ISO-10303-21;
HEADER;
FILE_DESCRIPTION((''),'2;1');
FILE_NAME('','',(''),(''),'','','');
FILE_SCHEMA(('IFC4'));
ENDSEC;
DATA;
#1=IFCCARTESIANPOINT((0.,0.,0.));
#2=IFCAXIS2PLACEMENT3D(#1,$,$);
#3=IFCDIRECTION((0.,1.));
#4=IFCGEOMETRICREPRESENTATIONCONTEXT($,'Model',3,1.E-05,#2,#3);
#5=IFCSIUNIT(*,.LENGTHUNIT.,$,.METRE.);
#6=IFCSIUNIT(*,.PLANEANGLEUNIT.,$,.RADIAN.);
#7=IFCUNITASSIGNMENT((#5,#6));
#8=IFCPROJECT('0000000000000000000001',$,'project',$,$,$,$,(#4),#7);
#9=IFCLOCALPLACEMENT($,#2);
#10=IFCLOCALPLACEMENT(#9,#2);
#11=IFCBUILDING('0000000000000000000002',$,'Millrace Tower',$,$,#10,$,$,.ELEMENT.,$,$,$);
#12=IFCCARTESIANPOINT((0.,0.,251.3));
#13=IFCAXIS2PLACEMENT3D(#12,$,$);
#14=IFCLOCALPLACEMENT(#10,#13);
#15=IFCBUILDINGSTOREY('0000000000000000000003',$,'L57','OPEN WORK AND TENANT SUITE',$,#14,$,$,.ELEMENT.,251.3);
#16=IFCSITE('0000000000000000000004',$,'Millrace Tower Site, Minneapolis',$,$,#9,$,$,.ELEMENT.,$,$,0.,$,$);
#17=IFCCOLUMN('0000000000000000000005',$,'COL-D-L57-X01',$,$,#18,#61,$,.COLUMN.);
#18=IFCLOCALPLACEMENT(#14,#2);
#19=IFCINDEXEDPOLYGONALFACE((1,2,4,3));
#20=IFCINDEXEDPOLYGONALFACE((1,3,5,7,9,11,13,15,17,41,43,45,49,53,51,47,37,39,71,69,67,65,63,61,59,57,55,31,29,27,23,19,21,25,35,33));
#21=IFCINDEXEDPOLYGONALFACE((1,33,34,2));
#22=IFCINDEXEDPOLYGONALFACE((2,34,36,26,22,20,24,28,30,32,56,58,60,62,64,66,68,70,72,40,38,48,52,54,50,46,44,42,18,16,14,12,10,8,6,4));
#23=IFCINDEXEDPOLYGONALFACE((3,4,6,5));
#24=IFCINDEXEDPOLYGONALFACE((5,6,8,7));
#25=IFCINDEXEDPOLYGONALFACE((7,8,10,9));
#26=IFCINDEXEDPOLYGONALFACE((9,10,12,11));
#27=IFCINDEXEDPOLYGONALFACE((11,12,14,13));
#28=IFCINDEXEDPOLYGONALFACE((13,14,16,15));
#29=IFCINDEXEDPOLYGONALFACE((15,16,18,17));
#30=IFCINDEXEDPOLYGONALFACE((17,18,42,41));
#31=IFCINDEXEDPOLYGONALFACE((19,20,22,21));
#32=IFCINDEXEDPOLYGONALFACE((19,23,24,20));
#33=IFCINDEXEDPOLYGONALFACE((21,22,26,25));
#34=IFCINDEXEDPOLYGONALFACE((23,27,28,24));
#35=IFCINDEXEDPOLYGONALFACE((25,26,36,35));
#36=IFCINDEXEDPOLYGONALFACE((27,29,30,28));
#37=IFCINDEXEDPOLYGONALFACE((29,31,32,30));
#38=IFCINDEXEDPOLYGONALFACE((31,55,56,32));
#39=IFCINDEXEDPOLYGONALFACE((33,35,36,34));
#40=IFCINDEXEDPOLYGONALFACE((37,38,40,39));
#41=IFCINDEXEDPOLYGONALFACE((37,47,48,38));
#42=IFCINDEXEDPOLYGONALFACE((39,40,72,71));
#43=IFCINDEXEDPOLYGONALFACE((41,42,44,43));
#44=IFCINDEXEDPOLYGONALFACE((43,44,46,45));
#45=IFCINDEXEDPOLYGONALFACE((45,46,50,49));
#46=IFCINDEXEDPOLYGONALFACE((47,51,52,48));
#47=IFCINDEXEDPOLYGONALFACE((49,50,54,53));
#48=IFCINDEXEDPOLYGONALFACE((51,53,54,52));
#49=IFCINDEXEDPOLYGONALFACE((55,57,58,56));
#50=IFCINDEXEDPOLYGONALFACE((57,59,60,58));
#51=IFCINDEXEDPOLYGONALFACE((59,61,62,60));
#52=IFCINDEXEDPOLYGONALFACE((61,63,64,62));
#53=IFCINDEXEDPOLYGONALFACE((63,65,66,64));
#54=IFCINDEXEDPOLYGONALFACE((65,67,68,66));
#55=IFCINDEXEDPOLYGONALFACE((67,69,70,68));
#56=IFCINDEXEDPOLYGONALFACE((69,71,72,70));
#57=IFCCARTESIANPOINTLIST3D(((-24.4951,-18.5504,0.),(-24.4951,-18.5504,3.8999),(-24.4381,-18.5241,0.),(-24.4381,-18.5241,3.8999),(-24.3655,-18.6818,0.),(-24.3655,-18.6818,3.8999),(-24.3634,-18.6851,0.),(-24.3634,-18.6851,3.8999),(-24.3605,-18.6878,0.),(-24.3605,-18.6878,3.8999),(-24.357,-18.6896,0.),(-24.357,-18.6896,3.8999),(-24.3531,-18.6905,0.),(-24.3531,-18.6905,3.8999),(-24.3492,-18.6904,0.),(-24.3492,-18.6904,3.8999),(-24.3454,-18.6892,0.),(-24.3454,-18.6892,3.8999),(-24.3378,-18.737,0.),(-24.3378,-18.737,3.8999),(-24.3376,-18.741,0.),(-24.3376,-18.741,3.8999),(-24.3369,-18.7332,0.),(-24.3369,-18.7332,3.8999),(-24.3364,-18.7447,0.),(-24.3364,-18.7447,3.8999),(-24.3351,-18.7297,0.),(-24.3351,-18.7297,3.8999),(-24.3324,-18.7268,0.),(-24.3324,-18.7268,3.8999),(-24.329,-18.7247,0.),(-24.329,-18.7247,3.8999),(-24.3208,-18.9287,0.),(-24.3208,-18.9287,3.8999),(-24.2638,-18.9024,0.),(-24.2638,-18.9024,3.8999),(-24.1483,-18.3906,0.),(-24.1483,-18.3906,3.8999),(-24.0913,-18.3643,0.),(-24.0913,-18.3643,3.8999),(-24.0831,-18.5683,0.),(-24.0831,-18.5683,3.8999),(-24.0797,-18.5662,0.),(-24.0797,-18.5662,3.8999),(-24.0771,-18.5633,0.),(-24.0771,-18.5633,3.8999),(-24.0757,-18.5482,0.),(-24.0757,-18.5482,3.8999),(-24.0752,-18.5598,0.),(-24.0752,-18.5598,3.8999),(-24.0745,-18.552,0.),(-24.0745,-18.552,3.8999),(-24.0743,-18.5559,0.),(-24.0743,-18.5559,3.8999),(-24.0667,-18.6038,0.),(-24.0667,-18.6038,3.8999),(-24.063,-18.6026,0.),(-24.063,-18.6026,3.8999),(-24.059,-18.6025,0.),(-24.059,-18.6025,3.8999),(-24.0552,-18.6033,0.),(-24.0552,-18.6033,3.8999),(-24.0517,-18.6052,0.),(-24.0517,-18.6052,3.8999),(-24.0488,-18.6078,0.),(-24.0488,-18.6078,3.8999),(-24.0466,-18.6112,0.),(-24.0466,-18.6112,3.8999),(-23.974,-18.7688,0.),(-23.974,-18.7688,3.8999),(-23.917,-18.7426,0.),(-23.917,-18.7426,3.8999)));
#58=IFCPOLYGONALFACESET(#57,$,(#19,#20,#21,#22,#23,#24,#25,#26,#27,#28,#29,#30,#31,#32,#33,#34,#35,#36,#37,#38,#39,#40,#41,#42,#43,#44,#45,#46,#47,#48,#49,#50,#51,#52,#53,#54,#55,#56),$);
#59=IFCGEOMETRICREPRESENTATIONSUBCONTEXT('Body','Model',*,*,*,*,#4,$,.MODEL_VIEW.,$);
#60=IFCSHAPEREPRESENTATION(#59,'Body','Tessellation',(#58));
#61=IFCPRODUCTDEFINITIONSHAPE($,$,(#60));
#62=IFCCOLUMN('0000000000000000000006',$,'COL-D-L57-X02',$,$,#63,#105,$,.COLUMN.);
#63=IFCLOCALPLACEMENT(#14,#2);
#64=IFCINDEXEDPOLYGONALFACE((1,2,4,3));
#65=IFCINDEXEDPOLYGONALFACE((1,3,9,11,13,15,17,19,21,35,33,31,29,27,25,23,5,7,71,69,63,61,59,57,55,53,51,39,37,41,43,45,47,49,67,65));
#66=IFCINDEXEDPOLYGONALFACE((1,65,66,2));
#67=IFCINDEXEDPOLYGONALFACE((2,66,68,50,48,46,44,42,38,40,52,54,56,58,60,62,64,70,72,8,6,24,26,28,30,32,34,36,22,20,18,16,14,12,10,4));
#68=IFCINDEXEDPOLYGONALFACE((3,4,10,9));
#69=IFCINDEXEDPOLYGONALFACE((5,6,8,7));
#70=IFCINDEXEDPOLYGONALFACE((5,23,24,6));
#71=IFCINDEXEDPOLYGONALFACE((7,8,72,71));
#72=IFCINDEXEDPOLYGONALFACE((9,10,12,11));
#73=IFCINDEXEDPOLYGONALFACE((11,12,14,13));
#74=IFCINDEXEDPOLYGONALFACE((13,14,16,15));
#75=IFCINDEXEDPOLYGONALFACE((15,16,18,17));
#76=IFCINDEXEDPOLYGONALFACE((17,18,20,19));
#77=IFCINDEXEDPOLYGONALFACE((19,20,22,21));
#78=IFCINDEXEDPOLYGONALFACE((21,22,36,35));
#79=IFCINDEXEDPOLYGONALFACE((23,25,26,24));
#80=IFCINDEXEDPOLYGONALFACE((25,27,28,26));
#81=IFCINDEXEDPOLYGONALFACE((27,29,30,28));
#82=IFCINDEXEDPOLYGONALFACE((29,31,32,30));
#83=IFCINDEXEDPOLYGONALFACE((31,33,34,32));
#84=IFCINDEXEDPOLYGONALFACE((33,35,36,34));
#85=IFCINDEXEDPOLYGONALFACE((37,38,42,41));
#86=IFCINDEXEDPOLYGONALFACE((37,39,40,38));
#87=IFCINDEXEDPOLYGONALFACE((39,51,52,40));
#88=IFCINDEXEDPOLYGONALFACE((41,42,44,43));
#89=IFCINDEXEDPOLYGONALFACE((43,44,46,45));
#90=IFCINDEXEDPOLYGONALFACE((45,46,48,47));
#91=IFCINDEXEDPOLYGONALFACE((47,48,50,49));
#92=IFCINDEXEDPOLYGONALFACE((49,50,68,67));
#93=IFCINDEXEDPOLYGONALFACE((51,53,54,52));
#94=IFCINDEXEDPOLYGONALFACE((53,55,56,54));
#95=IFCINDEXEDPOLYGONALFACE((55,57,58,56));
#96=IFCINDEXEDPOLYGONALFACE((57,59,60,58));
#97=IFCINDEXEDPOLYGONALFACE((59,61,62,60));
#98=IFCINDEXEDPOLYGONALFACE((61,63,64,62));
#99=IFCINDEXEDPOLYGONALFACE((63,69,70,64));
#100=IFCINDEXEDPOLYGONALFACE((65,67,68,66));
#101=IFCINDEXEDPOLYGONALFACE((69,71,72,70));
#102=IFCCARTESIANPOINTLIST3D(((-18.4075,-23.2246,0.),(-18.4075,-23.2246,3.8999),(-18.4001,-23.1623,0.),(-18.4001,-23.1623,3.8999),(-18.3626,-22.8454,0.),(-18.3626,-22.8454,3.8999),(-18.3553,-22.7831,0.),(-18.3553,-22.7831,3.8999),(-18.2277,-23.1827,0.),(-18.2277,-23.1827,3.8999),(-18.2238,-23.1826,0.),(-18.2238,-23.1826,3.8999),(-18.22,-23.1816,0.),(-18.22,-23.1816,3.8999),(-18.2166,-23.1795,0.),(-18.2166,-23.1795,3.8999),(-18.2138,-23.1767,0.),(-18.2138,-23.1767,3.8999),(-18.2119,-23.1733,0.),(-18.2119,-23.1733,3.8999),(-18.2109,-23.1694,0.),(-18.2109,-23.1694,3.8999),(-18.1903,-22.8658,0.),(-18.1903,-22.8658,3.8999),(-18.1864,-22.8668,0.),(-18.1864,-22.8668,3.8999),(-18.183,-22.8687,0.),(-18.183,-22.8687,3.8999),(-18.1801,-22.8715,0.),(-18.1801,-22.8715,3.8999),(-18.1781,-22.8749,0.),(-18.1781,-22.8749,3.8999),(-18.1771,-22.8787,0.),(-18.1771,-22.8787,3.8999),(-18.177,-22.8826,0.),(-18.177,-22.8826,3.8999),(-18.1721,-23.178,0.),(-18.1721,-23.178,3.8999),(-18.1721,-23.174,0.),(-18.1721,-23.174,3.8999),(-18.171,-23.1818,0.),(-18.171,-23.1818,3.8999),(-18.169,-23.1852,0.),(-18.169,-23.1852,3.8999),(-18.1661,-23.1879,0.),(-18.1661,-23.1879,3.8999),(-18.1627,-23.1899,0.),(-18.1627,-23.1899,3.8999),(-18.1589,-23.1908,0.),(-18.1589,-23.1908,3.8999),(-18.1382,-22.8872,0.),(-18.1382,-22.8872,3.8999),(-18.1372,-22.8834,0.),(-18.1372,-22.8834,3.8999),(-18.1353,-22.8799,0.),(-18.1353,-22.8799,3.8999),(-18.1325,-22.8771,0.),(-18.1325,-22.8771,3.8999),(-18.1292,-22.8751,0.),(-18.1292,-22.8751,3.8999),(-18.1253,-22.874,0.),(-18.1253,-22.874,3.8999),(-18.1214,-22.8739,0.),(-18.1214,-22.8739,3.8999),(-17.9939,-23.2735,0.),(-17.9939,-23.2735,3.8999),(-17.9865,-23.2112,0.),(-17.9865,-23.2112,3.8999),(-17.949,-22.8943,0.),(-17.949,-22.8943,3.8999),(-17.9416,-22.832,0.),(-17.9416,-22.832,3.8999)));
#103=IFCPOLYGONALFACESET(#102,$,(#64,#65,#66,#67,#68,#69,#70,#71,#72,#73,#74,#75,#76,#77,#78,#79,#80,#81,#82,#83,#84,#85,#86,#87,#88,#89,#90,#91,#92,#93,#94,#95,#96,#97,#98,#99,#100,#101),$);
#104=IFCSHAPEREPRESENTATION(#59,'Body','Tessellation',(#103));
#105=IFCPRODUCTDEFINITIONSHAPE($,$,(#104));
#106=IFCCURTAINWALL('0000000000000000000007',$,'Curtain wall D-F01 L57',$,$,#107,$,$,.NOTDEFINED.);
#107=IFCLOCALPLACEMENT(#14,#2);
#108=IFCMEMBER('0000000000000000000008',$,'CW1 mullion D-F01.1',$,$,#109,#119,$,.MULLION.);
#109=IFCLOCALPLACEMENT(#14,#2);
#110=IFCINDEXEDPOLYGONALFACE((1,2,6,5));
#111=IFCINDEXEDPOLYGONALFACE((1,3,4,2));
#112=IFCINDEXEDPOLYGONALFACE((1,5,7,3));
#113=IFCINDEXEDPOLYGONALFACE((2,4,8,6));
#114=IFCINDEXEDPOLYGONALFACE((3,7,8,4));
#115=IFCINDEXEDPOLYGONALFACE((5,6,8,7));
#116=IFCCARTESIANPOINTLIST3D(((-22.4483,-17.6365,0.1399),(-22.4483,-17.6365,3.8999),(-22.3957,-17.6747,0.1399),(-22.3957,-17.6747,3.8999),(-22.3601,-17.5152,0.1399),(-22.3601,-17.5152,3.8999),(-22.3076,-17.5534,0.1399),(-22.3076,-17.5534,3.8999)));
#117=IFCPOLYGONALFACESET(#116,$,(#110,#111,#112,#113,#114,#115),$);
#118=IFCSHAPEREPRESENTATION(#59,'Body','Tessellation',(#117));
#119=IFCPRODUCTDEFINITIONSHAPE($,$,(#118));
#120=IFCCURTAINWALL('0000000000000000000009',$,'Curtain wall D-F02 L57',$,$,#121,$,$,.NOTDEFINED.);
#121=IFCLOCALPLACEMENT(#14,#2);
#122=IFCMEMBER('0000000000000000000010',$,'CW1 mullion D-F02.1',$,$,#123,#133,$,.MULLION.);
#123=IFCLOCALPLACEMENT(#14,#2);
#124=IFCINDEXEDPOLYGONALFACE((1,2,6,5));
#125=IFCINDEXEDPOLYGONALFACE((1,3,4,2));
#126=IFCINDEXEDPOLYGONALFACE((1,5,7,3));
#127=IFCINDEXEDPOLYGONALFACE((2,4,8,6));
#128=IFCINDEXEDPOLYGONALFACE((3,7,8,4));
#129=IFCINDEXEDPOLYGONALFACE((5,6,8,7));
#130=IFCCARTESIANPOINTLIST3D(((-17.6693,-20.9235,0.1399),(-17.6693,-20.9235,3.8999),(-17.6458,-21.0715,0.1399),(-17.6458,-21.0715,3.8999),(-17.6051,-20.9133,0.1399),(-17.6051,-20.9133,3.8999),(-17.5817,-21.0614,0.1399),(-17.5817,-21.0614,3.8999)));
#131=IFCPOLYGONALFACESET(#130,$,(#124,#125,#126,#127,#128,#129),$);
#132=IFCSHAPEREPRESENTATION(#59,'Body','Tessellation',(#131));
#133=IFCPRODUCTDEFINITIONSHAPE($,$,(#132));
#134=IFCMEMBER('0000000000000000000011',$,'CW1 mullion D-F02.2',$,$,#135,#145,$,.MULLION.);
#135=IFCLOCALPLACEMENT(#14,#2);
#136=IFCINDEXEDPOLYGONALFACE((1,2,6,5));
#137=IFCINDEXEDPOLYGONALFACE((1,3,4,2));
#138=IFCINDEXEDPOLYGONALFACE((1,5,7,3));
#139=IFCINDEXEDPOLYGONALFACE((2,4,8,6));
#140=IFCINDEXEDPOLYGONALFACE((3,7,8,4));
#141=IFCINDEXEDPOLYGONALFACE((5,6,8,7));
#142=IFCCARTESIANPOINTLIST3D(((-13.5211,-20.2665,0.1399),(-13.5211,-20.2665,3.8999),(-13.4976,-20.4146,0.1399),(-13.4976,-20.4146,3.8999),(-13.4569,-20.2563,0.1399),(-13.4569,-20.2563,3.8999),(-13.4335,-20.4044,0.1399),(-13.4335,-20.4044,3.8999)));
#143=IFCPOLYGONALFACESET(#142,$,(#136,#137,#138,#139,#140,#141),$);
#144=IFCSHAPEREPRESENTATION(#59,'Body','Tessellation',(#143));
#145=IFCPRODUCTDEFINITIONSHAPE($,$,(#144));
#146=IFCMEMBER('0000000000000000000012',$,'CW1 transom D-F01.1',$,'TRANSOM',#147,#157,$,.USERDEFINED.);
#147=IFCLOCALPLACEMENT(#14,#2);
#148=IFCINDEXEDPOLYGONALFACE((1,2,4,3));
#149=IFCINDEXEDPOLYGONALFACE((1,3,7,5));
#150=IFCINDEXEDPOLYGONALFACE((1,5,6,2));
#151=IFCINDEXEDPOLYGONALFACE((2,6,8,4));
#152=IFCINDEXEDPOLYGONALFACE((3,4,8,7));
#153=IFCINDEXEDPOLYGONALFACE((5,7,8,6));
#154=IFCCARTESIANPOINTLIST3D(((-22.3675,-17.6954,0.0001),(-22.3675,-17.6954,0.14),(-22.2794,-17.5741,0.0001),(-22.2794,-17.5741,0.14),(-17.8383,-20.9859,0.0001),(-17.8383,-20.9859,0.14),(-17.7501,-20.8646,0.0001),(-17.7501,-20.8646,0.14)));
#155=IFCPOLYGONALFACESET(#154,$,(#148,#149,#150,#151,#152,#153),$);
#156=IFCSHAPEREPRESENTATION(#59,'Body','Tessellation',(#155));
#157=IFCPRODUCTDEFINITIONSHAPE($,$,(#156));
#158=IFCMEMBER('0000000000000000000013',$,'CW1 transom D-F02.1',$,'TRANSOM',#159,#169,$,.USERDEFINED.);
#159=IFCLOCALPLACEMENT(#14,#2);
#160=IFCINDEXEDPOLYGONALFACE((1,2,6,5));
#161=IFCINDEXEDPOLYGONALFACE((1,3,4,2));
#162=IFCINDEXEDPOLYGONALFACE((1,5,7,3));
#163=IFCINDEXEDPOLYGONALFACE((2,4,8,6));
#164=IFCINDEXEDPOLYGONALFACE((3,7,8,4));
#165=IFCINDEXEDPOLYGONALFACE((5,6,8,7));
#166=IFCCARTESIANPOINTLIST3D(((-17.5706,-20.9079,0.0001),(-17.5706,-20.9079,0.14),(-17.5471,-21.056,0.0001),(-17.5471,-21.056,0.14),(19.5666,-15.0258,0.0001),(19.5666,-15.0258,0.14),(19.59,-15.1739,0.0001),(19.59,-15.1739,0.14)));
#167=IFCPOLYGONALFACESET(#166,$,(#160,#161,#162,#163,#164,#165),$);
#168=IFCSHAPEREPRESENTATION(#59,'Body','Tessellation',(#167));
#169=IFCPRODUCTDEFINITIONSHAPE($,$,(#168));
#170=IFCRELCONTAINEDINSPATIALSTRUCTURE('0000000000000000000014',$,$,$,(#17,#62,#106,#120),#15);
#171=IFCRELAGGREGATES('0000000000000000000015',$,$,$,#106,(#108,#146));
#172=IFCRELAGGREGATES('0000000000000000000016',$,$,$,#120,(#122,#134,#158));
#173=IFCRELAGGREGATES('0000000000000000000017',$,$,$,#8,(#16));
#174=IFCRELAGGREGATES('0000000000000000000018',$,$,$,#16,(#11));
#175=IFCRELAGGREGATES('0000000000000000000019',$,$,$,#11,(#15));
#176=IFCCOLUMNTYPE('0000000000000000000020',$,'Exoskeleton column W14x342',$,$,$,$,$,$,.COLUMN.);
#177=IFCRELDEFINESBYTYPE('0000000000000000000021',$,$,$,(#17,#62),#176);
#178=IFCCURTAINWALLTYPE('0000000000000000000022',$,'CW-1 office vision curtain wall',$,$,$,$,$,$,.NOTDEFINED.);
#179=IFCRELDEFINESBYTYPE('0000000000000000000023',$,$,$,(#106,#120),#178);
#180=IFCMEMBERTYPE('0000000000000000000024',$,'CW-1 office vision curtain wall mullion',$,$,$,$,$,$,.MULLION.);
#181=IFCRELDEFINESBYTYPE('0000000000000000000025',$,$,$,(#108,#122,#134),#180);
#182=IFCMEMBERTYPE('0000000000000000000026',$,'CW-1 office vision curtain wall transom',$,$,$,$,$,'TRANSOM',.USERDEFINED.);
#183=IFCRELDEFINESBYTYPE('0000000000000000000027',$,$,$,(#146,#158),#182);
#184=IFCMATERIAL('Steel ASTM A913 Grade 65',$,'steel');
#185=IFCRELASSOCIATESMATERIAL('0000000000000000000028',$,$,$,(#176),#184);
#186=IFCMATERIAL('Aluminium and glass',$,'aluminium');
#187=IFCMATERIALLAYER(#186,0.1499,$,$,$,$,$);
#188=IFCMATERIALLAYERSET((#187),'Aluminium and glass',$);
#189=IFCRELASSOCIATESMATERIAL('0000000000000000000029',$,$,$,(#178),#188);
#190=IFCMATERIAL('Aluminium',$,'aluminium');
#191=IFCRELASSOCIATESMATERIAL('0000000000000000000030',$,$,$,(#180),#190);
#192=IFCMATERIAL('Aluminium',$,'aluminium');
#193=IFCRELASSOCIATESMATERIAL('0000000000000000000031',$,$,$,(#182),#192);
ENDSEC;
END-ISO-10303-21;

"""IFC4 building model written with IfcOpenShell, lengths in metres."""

from ifc_helpers import new_model, si_unit, direction, frame, origin, origin_2d, place, context, subcontext, project, spatial, rectangle, i_section, extrude, material, layer, layer_set, material_profile, profile_set, type_object, element, aggregate, save


model = new_model("IFC4")

# Units and contexts
model_context = context("Model", 3, precision=1e-05, world=origin(), true_north=direction((0.0, 1.0)))
body_context = subcontext(model_context, "Body", "Model", "MODEL_VIEW")
ifc_project = project(units=[si_unit("LENGTHUNIT", "METRE"), si_unit("PLANEANGLEUNIT", "RADIAN")], contexts=[model_context])

# Site, building, storey
site_placement = place(None, origin())
site = spatial("IfcSite", under=ifc_project, at=site_placement, Name="Millrace Tower Site, Minneapolis", CompositionType="ELEMENT", RefElevation=0.0)
building_placement = place(site_placement, origin())
building = spatial("IfcBuilding", under=site, at=building_placement, Name="Millrace Tower", CompositionType="ELEMENT")
storey_placement = place(building_placement, frame((0.0, 0.0, 251.3)))
storey = spatial("IfcBuildingStorey", under=building, at=storey_placement, Name="L57", Description="OPEN WORK AND TENANT SUITE", CompositionType="ELEMENT", Elevation=251.3)

# Columns
ifc_material_1 = material(Name="Steel ASTM A913 Grade 65", Category="steel")
ifc_material_profile_1 = material_profile(ifc_material_1, i_section(OverallWidth=0.4165, OverallDepth=0.4446, WebThickness=0.0391, FlangeThickness=0.0627, FilletRadius=0.0151, at=origin_2d()))
ifc_profile_set_1 = profile_set([ifc_material_profile_1], Name="Steel ASTM A913 Grade 65")
column_type = type_object("IfcColumnType", Name="Exoskeleton column W14x342", PredefinedType="COLUMN", material=ifc_profile_set_1)
for number, where, z_axis, x_axis, name in (
    (1, (-24.2061, -18.6465, 0.0), (0.0, 0.0, 1.0), (0.418553, -0.908192, 0.0), "COL-D-L57-X01"),
    (2, (-18.1746, -23.0283, 0.0), (0.0, 0.0, 1.0), (0.993082, -0.117421, 0.0), "COL-D-L57-X02"),
):
    element("IfcColumn", number, at=place(storey_placement, frame(where, z_axis=z_axis, x_axis=x_axis)), inside=storey, type_object=column_type, Name=name, PredefinedType="COLUMN", context=body_context, shape_type="SweptSolid", body=[
        extrude(i_section(OverallWidth=0.4165, OverallDepth=0.4446, WebThickness=0.0391, FlangeThickness=0.0627, FilletRadius=0.0151, at=origin_2d()), origin(), (0.0, 0.0, 1.0), 3.8999),
    ])

# Curtain wall, member
ifc_material_2 = material(Name="Aluminium and glass", Category="aluminium")
ifc_layer_1 = layer(ifc_material_2, 0.1499)
ifc_layer_set_1 = layer_set([ifc_layer_1], Name="Aluminium and glass")
curtain_wall_type = type_object("IfcCurtainWallType", Name="CW-1 office vision curtain wall", PredefinedType="NOTDEFINED", material=ifc_layer_set_1)
placement = place(storey_placement, origin())
curtain_wall_1 = element("IfcCurtainWall", 3, at=placement, inside=storey, type_object=curtain_wall_type, Name="Curtain wall D-F01 L57", PredefinedType="NOTDEFINED")
ifc_material_3 = material(Name="Aluminium", Category="aluminium")
ifc_material_profile_2 = material_profile(ifc_material_3, rectangle(XDim=0.0649, YDim=0.1499, at=origin_2d()))
ifc_profile_set_2 = profile_set([ifc_material_profile_2], Name="Aluminium")
member_type_1 = type_object("IfcMemberType", Name="CW-1 office vision curtain wall mullion", PredefinedType="MULLION", material=ifc_profile_set_2)
member_1_placement = place(storey_placement, frame((-22.3779, -17.595, 0.1399), z_axis=(0.0, 0.0, 1.0), x_axis=(0.809017, -0.587785, 0.0)))
member_1 = element("IfcMember", 4, at=member_1_placement, type_object=member_type_1, Name="CW1 mullion D-F01.1", PredefinedType="MULLION", context=body_context, shape_type="SweptSolid", body=[
    extrude(rectangle(XDim=0.0649, YDim=0.1499, at=origin_2d()), origin(), (0.0, 0.0, 1.0), 3.76),
])

# Curtain wall, members
curtain_wall_2 = element("IfcCurtainWall", 5, at=placement, inside=storey, type_object=curtain_wall_type, Name="Curtain wall D-F02 L57", PredefinedType="NOTDEFINED")
member_2_placement = place(storey_placement, frame((-17.6255, -20.9924, 0.1399), z_axis=(0.0, 0.0, 1.0), x_axis=(0.987688, 0.156434, 0.0)))
member_2 = element("IfcMember", 6, at=member_2_placement, type_object=member_type_1, Name="CW1 mullion D-F02.1", PredefinedType="MULLION", context=body_context, shape_type="SweptSolid", body=[
    extrude(rectangle(XDim=0.0649, YDim=0.1499, at=origin_2d()), origin(), (0.0, 0.0, 1.0), 3.76),
])
member_3_placement = place(storey_placement, frame((-13.4773, -20.3354, 0.1399), z_axis=(0.0, 0.0, 1.0), x_axis=(0.987688, 0.156434, 0.0)))
member_3 = element("IfcMember", 7, at=member_3_placement, type_object=member_type_1, Name="CW1 mullion D-F02.2", PredefinedType="MULLION", context=body_context, shape_type="SweptSolid", body=[
    extrude(rectangle(XDim=0.0649, YDim=0.1499, at=origin_2d()), origin(), (0.0, 0.0, 1.0), 3.76),
])

# Members
ifc_material_4 = material(Name="Aluminium", Category="aluminium")
ifc_material_profile_3 = material_profile(ifc_material_4, rectangle(XDim=0.1499, YDim=0.1399, at=origin_2d()))
ifc_profile_set_3 = profile_set([ifc_material_profile_3], Name="Aluminium")
member_type_2 = type_object("IfcMemberType", Name="CW-1 office vision curtain wall transom", ElementType="TRANSOM", PredefinedType="USERDEFINED", material=ifc_profile_set_3)
member_4_placement = place(storey_placement, frame((-22.3235, -17.6348, 0.0701), z_axis=(0.809034, -0.587762, 0.0), x_axis=(0.587762, 0.809034, 0.0)))
member_4 = element("IfcMember", 8, at=member_4_placement, type_object=member_type_2, Name="CW1 transom D-F01.1", ObjectType="TRANSOM", PredefinedType="USERDEFINED", context=body_context, shape_type="SweptSolid", body=[
    extrude(rectangle(XDim=0.1499, YDim=0.1399, at=origin_2d()), origin(), (0.0, 0.0, 1.0), 5.5984),
])
aggregate(curtain_wall_1, [member_1, member_4])
member_5_placement = place(storey_placement, frame((-17.5588, -20.9819, 0.0701), z_axis=(0.987688, 0.156438, 0.0), x_axis=(-0.156438, 0.987688, 0.0)))
member_5 = element("IfcMember", 9, at=member_5_placement, type_object=member_type_2, Name="CW1 transom D-F02.1", ObjectType="TRANSOM", PredefinedType="USERDEFINED", context=body_context, shape_type="SweptSolid", body=[
    extrude(rectangle(XDim=0.1499, YDim=0.1399, at=origin_2d()), origin(), (0.0, 0.0, 1.0), 37.6001),
])
aggregate(curtain_wall_2, [member_2, member_3, member_5])

save(model, "model.ifc")
